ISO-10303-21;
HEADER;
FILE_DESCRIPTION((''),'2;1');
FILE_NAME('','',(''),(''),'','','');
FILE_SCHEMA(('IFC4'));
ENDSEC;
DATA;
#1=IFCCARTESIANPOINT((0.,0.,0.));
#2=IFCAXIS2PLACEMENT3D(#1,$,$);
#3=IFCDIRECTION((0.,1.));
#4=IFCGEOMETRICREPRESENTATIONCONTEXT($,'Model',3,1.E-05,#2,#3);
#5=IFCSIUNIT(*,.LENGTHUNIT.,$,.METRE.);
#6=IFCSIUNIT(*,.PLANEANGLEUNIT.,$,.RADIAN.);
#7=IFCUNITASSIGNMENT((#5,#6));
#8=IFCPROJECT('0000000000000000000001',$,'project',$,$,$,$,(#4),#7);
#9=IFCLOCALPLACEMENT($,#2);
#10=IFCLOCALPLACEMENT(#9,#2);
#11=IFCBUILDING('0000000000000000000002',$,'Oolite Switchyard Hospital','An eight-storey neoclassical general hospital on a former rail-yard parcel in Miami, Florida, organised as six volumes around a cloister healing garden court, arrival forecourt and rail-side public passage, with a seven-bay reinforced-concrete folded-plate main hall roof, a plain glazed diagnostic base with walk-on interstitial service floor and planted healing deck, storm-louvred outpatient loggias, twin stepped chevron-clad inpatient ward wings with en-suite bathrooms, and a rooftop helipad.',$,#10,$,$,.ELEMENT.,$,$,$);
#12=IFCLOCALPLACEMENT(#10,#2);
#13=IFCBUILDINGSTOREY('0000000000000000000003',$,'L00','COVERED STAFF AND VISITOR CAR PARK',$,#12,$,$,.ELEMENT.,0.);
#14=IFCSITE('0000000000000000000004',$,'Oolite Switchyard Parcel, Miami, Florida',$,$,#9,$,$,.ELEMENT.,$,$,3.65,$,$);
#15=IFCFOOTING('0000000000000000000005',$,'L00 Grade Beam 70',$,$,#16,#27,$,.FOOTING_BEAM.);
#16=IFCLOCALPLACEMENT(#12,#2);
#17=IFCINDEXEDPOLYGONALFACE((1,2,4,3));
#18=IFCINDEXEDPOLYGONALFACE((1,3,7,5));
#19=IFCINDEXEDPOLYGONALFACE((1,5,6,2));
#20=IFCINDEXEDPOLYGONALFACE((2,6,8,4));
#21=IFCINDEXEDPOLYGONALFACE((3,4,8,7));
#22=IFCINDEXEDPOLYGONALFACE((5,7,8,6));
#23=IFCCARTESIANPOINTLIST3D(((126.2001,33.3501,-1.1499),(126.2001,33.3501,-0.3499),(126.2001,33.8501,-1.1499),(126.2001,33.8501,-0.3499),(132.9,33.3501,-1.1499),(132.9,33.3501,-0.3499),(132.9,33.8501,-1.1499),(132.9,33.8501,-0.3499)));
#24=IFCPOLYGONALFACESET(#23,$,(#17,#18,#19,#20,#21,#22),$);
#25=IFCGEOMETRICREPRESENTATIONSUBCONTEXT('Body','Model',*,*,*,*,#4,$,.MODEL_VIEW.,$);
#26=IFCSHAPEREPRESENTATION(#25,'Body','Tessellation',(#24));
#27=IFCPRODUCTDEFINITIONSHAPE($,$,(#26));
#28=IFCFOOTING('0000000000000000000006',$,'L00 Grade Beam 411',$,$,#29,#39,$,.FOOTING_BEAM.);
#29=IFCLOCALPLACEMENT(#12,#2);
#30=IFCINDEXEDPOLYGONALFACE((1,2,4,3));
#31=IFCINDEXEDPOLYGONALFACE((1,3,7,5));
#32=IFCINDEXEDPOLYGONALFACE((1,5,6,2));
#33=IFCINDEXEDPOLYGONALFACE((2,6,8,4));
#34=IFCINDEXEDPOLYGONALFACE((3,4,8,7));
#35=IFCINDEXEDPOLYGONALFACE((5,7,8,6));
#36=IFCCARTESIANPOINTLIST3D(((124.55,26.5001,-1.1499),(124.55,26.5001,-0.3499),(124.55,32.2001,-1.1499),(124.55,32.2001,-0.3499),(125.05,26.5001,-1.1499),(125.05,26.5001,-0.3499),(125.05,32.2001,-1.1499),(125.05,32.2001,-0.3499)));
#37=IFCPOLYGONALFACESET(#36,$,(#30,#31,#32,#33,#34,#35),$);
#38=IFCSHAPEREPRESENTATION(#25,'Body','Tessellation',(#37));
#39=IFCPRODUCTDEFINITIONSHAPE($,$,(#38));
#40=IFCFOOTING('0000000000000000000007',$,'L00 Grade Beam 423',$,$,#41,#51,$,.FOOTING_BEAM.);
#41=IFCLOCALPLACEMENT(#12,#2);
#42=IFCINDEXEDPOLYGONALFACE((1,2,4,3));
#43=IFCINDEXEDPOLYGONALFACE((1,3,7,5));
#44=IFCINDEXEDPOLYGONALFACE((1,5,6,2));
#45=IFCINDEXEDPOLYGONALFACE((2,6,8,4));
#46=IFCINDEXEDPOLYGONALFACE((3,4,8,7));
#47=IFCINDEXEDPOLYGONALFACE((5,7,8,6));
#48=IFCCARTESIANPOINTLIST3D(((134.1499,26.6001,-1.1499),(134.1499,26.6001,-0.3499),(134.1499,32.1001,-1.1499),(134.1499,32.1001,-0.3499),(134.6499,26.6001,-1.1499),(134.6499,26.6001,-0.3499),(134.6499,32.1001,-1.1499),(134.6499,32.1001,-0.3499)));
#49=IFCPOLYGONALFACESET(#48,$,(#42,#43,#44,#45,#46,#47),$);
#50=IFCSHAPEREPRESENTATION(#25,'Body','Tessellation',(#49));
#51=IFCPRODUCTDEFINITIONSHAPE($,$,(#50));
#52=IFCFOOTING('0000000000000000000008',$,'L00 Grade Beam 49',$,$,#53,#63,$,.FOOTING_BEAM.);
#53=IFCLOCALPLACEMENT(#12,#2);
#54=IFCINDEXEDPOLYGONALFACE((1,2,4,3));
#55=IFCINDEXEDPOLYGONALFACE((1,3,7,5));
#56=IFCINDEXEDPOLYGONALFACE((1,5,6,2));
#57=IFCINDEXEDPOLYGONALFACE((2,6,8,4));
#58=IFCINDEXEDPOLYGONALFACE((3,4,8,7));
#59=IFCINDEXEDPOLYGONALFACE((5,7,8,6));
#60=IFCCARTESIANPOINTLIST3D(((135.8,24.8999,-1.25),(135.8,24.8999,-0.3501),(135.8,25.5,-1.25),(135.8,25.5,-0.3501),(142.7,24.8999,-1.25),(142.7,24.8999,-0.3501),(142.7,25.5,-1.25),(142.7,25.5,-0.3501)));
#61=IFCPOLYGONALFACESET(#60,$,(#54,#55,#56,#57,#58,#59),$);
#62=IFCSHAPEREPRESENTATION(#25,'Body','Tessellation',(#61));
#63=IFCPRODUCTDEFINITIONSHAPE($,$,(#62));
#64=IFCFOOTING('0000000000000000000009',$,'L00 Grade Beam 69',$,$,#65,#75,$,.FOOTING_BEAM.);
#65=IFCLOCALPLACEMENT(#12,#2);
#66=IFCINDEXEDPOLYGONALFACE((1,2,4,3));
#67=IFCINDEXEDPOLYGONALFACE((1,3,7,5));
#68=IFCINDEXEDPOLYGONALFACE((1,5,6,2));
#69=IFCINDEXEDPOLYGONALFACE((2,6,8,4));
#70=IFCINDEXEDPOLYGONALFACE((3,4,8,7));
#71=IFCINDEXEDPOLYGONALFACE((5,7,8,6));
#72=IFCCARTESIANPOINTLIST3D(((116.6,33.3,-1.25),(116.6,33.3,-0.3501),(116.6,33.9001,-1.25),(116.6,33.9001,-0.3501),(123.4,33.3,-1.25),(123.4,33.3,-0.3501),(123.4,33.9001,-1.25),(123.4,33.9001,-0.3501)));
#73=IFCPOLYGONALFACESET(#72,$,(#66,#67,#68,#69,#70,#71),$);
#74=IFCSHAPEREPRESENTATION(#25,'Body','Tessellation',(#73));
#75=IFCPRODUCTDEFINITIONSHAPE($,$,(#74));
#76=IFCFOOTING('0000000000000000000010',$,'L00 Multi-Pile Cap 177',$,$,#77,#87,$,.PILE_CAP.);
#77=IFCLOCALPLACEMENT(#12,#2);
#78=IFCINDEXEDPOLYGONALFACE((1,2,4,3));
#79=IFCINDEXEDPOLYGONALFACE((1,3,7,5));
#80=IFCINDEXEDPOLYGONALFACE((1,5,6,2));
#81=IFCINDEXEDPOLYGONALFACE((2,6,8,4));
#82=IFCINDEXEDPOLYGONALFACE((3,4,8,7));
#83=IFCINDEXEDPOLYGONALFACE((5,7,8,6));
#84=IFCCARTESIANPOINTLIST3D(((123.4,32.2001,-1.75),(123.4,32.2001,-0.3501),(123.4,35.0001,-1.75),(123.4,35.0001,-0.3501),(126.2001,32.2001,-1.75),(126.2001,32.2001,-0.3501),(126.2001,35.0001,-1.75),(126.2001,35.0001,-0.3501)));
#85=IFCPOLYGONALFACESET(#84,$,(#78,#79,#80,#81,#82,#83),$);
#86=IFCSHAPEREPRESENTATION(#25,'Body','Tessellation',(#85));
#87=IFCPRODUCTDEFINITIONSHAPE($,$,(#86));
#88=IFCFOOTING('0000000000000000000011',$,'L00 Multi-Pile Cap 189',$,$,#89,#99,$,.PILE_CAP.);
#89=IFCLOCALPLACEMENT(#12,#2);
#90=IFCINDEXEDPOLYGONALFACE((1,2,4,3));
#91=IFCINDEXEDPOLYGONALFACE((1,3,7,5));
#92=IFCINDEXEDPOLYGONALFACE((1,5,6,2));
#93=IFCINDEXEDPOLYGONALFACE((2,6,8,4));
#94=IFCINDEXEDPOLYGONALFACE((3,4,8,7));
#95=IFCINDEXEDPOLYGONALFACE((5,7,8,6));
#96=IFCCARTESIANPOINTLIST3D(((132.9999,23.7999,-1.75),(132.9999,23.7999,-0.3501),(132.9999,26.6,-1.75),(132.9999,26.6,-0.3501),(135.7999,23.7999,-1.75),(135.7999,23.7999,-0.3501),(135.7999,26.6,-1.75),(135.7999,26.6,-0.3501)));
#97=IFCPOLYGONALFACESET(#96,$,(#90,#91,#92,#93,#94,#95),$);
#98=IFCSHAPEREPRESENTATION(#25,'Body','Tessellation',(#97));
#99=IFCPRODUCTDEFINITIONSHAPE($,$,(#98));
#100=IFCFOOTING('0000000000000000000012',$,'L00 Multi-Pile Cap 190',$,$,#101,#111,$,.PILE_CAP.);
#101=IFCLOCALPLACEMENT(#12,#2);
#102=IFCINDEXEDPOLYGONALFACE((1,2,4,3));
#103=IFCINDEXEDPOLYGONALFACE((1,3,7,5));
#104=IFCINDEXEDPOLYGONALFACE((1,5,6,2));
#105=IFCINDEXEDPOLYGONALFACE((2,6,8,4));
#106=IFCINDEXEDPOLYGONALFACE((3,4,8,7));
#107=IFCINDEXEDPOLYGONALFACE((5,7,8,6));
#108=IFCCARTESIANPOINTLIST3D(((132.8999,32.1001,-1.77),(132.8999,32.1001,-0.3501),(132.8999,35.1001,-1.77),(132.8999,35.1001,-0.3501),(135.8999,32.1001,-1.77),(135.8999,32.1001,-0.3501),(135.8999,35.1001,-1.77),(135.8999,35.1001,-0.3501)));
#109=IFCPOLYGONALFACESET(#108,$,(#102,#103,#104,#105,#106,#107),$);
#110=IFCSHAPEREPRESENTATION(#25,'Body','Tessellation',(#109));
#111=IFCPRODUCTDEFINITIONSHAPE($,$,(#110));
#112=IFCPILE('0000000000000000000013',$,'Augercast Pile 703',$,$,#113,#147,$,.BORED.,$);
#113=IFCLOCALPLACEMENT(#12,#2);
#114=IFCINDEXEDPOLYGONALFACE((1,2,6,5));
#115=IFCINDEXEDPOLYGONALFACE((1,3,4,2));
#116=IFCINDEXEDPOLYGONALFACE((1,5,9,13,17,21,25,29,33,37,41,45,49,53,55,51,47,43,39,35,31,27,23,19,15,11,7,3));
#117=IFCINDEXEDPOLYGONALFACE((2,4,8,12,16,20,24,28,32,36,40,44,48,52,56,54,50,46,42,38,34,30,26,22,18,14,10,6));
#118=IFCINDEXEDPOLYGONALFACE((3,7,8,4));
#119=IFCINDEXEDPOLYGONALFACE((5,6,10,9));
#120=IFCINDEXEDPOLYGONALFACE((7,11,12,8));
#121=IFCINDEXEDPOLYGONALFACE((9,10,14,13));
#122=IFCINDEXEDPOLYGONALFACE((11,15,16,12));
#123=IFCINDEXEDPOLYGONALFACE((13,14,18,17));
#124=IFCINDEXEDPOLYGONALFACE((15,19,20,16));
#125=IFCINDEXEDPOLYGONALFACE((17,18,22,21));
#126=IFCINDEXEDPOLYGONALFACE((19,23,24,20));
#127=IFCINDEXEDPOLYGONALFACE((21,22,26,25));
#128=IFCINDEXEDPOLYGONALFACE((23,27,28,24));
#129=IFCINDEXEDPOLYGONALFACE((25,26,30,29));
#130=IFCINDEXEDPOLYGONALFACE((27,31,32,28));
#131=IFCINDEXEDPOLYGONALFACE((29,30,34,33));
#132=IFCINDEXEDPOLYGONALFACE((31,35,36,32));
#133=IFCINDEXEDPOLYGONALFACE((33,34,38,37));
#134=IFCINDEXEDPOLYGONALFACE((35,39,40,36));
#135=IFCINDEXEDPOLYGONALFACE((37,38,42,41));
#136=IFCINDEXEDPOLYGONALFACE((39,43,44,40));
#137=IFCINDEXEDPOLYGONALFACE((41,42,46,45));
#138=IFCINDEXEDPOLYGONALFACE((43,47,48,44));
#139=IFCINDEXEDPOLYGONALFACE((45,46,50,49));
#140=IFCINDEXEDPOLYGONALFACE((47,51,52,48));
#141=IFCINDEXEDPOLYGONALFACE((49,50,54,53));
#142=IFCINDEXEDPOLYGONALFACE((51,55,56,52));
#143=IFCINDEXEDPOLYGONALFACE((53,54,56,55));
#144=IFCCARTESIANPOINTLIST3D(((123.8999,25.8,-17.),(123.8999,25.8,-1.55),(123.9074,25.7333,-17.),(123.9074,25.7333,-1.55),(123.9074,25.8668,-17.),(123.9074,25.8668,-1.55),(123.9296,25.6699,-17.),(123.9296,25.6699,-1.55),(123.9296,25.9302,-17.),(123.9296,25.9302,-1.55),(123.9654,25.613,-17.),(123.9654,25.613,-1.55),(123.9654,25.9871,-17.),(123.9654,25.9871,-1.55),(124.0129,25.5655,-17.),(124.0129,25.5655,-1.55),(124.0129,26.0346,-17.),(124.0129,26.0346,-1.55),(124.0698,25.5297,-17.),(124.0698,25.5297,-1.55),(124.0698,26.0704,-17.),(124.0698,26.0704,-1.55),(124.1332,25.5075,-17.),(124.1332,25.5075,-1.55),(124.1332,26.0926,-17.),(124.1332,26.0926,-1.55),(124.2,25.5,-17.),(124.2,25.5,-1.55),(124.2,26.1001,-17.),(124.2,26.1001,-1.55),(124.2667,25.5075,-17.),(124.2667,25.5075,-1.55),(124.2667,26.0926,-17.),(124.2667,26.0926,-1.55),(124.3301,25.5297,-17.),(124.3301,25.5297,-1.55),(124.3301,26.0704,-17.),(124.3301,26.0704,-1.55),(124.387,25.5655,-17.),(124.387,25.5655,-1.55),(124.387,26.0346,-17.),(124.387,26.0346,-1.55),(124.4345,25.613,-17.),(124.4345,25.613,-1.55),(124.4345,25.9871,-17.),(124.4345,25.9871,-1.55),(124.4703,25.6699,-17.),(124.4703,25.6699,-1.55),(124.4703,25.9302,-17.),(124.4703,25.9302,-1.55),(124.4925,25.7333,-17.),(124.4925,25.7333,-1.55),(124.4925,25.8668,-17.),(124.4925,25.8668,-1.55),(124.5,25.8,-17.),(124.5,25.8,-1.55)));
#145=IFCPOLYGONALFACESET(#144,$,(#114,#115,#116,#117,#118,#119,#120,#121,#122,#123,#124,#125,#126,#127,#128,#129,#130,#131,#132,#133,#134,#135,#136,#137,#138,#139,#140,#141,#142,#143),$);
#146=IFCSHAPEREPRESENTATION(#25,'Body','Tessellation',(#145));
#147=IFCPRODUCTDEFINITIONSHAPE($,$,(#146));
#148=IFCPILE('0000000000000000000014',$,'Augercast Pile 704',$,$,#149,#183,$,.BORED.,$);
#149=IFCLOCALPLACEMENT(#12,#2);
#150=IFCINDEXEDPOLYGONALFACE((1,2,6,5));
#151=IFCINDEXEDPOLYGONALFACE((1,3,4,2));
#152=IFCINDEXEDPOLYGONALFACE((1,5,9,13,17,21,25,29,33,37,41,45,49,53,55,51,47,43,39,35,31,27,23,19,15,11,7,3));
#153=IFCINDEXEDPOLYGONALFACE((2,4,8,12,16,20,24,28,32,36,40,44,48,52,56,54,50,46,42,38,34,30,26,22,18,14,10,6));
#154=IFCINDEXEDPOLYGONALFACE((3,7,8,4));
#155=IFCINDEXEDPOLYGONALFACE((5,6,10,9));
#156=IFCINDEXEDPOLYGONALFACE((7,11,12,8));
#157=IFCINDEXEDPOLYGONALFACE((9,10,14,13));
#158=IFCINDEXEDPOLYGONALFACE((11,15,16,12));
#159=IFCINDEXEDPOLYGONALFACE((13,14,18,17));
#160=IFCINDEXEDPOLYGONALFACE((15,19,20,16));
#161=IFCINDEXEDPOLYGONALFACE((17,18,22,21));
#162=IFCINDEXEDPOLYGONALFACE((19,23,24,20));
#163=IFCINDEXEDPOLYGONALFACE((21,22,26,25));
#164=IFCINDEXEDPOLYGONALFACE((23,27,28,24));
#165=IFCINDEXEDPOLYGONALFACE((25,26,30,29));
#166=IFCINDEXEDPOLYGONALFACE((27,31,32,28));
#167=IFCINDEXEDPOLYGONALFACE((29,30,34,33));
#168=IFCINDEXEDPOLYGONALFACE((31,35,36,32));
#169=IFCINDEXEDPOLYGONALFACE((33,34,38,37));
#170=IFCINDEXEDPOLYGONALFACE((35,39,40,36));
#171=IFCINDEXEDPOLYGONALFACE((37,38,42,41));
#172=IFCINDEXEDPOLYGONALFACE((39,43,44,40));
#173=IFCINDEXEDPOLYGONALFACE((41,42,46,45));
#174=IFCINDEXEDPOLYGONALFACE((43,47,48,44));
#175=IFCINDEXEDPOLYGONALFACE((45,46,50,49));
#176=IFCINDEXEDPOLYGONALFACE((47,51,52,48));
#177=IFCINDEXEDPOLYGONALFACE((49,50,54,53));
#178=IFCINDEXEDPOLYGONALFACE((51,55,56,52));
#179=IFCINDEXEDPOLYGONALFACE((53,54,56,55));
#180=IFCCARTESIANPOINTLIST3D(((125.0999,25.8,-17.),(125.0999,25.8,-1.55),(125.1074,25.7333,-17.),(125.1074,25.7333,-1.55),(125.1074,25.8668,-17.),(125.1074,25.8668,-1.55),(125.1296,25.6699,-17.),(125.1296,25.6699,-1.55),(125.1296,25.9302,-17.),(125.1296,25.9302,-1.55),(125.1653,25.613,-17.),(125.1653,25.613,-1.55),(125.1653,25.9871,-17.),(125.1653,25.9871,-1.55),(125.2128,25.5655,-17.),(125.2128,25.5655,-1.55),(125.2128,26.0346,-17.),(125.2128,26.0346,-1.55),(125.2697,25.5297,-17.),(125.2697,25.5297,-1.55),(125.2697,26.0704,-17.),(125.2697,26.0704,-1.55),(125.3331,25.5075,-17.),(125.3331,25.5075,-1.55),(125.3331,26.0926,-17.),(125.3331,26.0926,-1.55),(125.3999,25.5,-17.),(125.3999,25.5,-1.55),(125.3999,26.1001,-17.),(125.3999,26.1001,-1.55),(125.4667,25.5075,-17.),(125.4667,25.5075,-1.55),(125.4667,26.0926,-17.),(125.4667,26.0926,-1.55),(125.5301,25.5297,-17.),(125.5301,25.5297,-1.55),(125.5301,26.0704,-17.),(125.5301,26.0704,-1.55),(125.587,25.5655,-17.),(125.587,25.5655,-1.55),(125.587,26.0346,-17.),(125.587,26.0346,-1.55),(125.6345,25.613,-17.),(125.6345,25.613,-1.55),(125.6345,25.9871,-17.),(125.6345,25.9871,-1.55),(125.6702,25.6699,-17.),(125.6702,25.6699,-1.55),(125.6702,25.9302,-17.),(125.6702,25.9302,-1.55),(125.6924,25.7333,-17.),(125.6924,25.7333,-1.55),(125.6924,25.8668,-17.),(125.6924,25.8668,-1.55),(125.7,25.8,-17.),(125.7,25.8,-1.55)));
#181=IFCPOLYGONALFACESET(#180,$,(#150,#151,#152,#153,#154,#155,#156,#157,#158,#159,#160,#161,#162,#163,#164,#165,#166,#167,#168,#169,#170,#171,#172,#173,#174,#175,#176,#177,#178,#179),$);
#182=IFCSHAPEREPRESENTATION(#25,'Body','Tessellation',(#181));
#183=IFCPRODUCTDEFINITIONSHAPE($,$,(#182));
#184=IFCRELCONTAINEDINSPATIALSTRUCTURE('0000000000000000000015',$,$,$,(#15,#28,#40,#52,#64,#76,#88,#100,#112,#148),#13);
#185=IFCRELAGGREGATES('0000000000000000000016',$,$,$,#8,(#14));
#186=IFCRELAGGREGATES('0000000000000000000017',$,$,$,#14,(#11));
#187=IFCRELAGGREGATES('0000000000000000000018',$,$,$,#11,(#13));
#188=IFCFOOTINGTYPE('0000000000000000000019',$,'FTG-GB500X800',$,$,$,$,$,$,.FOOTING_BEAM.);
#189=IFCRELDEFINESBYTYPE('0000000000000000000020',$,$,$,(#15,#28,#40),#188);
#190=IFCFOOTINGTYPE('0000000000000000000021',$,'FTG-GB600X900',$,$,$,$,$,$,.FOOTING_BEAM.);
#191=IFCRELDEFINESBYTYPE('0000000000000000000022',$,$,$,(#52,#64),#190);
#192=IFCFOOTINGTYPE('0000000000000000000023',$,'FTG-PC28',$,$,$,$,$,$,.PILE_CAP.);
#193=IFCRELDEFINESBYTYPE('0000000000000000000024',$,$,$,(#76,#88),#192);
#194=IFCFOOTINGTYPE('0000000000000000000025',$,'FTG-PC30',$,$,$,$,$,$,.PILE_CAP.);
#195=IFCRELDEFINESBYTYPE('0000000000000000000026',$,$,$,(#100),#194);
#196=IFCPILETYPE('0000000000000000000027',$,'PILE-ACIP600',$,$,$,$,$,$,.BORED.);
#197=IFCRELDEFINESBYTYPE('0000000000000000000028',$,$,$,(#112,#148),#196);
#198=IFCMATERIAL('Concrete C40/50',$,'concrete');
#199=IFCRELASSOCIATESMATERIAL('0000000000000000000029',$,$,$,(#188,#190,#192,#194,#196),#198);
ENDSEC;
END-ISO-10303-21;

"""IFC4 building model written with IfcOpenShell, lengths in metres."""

from ifc_helpers import new_model, si_unit, direction, frame, origin, origin_2d, place, context, subcontext, project, spatial, rectangle, circle, extrude, material, material_profile, profile_set, type_object, element, save


model = new_model("IFC4")

# Units and contexts
model_context = context("Model", 3, precision=1e-05, world=origin(), true_north=direction((0.0, 1.0)))
body_context = subcontext(model_context, "Body", "Model", "MODEL_VIEW")
ifc_project = project(units=[si_unit("LENGTHUNIT", "METRE"), si_unit("PLANEANGLEUNIT", "RADIAN")], contexts=[model_context])

# Site, building, storey
site_placement = place(None, origin())
site = spatial("IfcSite", under=ifc_project, at=site_placement, Name="Oolite Switchyard Parcel, Miami, Florida", CompositionType="ELEMENT", RefElevation=3.65)
building_placement = place(site_placement, origin())
building = spatial("IfcBuilding", under=site, at=building_placement, Name="Oolite Switchyard Hospital", Description="An eight-storey neoclassical general hospital on a former rail-yard parcel in Miami, Florida, organised as six volumes around a cloister healing garden court, arrival forecourt and rail-side public passage, with a seven-bay reinforced-concrete folded-plate main hall roof, a plain glazed diagnostic base with walk-on interstitial service floor and planted healing deck, storm-louvred outpatient loggias, twin stepped chevron-clad inpatient ward wings with en-suite bathrooms, and a rooftop helipad.", CompositionType="ELEMENT")
storey_placement = place(building_placement, origin())
storey = spatial("IfcBuildingStorey", under=building, at=storey_placement, Name="L00", Description="COVERED STAFF AND VISITOR CAR PARK", CompositionType="ELEMENT", Elevation=0.0)

# Footings
ifc_material_1 = material(Name="Concrete C40/50", Category="concrete")
footing_type_1 = type_object("IfcFootingType", Name="FTG-GB500X800", PredefinedType="FOOTING_BEAM", material=ifc_material_1)
footing_1_placement = place(storey_placement, frame((129.55, 33.6001, -1.1499), z_axis=(0.0, 0.0, 1.0), x_axis=(1.0, 0.0, 0.0)))
element("IfcFooting", 1, at=footing_1_placement, inside=storey, type_object=footing_type_1, Name="L00 Grade Beam 70", PredefinedType="FOOTING_BEAM", context=body_context, shape_type="SweptSolid", body=[
    extrude(rectangle(XDim=6.7, YDim=0.5, at=origin_2d()), origin(), (0.0, 0.0, 1.0), 0.8),
])
footing_2_placement = place(storey_placement, frame((124.8, 29.3501, -1.1499), z_axis=(0.0, 0.0, 1.0), x_axis=(0.0, 1.0, 0.0)))
element("IfcFooting", 2, at=footing_2_placement, inside=storey, type_object=footing_type_1, Name="L00 Grade Beam 411", PredefinedType="FOOTING_BEAM", context=body_context, shape_type="SweptSolid", body=[
    extrude(rectangle(XDim=5.7, YDim=0.5, at=origin_2d()), origin(), (0.0, 0.0, 1.0), 0.8),
])
footing_3_placement = place(storey_placement, frame((134.3999, 29.3501, -1.1499), z_axis=(0.0, 0.0, 1.0), x_axis=(0.0, 1.0, 0.0)))
element("IfcFooting", 3, at=footing_3_placement, inside=storey, type_object=footing_type_1, Name="L00 Grade Beam 423", PredefinedType="FOOTING_BEAM", context=body_context, shape_type="SweptSolid", body=[
    extrude(rectangle(XDim=5.5, YDim=0.5, at=origin_2d()), origin(), (0.0, 0.0, 1.0), 0.8),
])
footing_type_2 = type_object("IfcFootingType", Name="FTG-GB600X900", PredefinedType="FOOTING_BEAM", material=ifc_material_1)
footing_4_placement = place(storey_placement, frame((139.25, 25.2, -1.25), z_axis=(0.0, 0.0, 1.0), x_axis=(1.0, 0.0, 0.0)))
element("IfcFooting", 4, at=footing_4_placement, inside=storey, type_object=footing_type_2, Name="L00 Grade Beam 49", PredefinedType="FOOTING_BEAM", context=body_context, shape_type="SweptSolid", body=[
    extrude(rectangle(XDim=6.8999, YDim=0.6001, at=origin_2d()), origin(), (0.0, 0.0, 1.0), 0.8999),
])
footing_5_placement = place(storey_placement, frame((120.0, 33.6001, -1.25), z_axis=(0.0, 0.0, 1.0), x_axis=(1.0, 0.0, 0.0)))
element("IfcFooting", 5, at=footing_5_placement, inside=storey, type_object=footing_type_2, Name="L00 Grade Beam 69", PredefinedType="FOOTING_BEAM", context=body_context, shape_type="SweptSolid", body=[
    extrude(rectangle(XDim=6.8, YDim=0.6001, at=origin_2d()), origin(), (0.0, 0.0, 1.0), 0.8999),
])
footing_type_3 = type_object("IfcFootingType", Name="FTG-PC28", PredefinedType="PILE_CAP", material=ifc_material_1)
for number, where, z_axis, x_axis, name in (
    (6, (124.8, 33.6001, -1.75), (0.0, 0.0, 1.0), (1.0, 0.0, 0.0), "L00 Multi-Pile Cap 177"),
    (7, (134.3999, 25.2, -1.75), (0.0, 0.0, 1.0), (1.0, 0.0, 0.0), "L00 Multi-Pile Cap 189"),
):
    element("IfcFooting", number, at=place(storey_placement, frame(where, z_axis=z_axis, x_axis=x_axis)), inside=storey, type_object=footing_type_3, Name=name, PredefinedType="PILE_CAP", context=body_context, shape_type="SweptSolid", body=[
        extrude(rectangle(XDim=2.8, YDim=2.8, at=origin_2d()), origin(), (0.0, 0.0, 1.0), 1.3999),
    ])
footing_type_4 = type_object("IfcFootingType", Name="FTG-PC30", PredefinedType="PILE_CAP", material=ifc_material_1)
footing_6_placement = place(storey_placement, frame((134.3999, 33.6001, -1.77), z_axis=(0.0, 0.0, 1.0), x_axis=(1.0, 0.0, 0.0)))
element("IfcFooting", 8, at=footing_6_placement, inside=storey, type_object=footing_type_4, Name="L00 Multi-Pile Cap 190", PredefinedType="PILE_CAP", context=body_context, shape_type="SweptSolid", body=[
    extrude(rectangle(XDim=3.0, YDim=3.0, at=origin_2d()), origin(), (0.0, 0.0, 1.0), 1.4199),
])

# Piles
ifc_material_profile_1 = material_profile(ifc_material_1, circle(Radius=0.3, at=origin_2d()), Name="PILE600")
ifc_profile_set_1 = profile_set([ifc_material_profile_1], Name="Concrete C40/50")
pile_type = type_object("IfcPileType", Name="PILE-ACIP600", PredefinedType="BORED", material=ifc_profile_set_1)
for number, where, z_axis, x_axis, name in (
    (9, (124.2, 25.8, -1.55), (0.0, 0.0, -1.0), (1.0, 0.0, 0.0), "Augercast Pile 703"),
    (10, (125.3999, 25.8, -1.55), (0.0, 0.0, -1.0), (1.0, 0.0, 0.0), "Augercast Pile 704"),
):
    element("IfcPile", number, at=place(storey_placement, frame(where, z_axis=z_axis, x_axis=x_axis)), inside=storey, type_object=pile_type, Name=name, PredefinedType="BORED", context=body_context, shape_type="SweptSolid", body=[
        extrude(circle(Radius=0.3, at=origin_2d()), origin(), (0.0, 0.0, 1.0), 15.45),
    ])

save(model, "model.ifc")
